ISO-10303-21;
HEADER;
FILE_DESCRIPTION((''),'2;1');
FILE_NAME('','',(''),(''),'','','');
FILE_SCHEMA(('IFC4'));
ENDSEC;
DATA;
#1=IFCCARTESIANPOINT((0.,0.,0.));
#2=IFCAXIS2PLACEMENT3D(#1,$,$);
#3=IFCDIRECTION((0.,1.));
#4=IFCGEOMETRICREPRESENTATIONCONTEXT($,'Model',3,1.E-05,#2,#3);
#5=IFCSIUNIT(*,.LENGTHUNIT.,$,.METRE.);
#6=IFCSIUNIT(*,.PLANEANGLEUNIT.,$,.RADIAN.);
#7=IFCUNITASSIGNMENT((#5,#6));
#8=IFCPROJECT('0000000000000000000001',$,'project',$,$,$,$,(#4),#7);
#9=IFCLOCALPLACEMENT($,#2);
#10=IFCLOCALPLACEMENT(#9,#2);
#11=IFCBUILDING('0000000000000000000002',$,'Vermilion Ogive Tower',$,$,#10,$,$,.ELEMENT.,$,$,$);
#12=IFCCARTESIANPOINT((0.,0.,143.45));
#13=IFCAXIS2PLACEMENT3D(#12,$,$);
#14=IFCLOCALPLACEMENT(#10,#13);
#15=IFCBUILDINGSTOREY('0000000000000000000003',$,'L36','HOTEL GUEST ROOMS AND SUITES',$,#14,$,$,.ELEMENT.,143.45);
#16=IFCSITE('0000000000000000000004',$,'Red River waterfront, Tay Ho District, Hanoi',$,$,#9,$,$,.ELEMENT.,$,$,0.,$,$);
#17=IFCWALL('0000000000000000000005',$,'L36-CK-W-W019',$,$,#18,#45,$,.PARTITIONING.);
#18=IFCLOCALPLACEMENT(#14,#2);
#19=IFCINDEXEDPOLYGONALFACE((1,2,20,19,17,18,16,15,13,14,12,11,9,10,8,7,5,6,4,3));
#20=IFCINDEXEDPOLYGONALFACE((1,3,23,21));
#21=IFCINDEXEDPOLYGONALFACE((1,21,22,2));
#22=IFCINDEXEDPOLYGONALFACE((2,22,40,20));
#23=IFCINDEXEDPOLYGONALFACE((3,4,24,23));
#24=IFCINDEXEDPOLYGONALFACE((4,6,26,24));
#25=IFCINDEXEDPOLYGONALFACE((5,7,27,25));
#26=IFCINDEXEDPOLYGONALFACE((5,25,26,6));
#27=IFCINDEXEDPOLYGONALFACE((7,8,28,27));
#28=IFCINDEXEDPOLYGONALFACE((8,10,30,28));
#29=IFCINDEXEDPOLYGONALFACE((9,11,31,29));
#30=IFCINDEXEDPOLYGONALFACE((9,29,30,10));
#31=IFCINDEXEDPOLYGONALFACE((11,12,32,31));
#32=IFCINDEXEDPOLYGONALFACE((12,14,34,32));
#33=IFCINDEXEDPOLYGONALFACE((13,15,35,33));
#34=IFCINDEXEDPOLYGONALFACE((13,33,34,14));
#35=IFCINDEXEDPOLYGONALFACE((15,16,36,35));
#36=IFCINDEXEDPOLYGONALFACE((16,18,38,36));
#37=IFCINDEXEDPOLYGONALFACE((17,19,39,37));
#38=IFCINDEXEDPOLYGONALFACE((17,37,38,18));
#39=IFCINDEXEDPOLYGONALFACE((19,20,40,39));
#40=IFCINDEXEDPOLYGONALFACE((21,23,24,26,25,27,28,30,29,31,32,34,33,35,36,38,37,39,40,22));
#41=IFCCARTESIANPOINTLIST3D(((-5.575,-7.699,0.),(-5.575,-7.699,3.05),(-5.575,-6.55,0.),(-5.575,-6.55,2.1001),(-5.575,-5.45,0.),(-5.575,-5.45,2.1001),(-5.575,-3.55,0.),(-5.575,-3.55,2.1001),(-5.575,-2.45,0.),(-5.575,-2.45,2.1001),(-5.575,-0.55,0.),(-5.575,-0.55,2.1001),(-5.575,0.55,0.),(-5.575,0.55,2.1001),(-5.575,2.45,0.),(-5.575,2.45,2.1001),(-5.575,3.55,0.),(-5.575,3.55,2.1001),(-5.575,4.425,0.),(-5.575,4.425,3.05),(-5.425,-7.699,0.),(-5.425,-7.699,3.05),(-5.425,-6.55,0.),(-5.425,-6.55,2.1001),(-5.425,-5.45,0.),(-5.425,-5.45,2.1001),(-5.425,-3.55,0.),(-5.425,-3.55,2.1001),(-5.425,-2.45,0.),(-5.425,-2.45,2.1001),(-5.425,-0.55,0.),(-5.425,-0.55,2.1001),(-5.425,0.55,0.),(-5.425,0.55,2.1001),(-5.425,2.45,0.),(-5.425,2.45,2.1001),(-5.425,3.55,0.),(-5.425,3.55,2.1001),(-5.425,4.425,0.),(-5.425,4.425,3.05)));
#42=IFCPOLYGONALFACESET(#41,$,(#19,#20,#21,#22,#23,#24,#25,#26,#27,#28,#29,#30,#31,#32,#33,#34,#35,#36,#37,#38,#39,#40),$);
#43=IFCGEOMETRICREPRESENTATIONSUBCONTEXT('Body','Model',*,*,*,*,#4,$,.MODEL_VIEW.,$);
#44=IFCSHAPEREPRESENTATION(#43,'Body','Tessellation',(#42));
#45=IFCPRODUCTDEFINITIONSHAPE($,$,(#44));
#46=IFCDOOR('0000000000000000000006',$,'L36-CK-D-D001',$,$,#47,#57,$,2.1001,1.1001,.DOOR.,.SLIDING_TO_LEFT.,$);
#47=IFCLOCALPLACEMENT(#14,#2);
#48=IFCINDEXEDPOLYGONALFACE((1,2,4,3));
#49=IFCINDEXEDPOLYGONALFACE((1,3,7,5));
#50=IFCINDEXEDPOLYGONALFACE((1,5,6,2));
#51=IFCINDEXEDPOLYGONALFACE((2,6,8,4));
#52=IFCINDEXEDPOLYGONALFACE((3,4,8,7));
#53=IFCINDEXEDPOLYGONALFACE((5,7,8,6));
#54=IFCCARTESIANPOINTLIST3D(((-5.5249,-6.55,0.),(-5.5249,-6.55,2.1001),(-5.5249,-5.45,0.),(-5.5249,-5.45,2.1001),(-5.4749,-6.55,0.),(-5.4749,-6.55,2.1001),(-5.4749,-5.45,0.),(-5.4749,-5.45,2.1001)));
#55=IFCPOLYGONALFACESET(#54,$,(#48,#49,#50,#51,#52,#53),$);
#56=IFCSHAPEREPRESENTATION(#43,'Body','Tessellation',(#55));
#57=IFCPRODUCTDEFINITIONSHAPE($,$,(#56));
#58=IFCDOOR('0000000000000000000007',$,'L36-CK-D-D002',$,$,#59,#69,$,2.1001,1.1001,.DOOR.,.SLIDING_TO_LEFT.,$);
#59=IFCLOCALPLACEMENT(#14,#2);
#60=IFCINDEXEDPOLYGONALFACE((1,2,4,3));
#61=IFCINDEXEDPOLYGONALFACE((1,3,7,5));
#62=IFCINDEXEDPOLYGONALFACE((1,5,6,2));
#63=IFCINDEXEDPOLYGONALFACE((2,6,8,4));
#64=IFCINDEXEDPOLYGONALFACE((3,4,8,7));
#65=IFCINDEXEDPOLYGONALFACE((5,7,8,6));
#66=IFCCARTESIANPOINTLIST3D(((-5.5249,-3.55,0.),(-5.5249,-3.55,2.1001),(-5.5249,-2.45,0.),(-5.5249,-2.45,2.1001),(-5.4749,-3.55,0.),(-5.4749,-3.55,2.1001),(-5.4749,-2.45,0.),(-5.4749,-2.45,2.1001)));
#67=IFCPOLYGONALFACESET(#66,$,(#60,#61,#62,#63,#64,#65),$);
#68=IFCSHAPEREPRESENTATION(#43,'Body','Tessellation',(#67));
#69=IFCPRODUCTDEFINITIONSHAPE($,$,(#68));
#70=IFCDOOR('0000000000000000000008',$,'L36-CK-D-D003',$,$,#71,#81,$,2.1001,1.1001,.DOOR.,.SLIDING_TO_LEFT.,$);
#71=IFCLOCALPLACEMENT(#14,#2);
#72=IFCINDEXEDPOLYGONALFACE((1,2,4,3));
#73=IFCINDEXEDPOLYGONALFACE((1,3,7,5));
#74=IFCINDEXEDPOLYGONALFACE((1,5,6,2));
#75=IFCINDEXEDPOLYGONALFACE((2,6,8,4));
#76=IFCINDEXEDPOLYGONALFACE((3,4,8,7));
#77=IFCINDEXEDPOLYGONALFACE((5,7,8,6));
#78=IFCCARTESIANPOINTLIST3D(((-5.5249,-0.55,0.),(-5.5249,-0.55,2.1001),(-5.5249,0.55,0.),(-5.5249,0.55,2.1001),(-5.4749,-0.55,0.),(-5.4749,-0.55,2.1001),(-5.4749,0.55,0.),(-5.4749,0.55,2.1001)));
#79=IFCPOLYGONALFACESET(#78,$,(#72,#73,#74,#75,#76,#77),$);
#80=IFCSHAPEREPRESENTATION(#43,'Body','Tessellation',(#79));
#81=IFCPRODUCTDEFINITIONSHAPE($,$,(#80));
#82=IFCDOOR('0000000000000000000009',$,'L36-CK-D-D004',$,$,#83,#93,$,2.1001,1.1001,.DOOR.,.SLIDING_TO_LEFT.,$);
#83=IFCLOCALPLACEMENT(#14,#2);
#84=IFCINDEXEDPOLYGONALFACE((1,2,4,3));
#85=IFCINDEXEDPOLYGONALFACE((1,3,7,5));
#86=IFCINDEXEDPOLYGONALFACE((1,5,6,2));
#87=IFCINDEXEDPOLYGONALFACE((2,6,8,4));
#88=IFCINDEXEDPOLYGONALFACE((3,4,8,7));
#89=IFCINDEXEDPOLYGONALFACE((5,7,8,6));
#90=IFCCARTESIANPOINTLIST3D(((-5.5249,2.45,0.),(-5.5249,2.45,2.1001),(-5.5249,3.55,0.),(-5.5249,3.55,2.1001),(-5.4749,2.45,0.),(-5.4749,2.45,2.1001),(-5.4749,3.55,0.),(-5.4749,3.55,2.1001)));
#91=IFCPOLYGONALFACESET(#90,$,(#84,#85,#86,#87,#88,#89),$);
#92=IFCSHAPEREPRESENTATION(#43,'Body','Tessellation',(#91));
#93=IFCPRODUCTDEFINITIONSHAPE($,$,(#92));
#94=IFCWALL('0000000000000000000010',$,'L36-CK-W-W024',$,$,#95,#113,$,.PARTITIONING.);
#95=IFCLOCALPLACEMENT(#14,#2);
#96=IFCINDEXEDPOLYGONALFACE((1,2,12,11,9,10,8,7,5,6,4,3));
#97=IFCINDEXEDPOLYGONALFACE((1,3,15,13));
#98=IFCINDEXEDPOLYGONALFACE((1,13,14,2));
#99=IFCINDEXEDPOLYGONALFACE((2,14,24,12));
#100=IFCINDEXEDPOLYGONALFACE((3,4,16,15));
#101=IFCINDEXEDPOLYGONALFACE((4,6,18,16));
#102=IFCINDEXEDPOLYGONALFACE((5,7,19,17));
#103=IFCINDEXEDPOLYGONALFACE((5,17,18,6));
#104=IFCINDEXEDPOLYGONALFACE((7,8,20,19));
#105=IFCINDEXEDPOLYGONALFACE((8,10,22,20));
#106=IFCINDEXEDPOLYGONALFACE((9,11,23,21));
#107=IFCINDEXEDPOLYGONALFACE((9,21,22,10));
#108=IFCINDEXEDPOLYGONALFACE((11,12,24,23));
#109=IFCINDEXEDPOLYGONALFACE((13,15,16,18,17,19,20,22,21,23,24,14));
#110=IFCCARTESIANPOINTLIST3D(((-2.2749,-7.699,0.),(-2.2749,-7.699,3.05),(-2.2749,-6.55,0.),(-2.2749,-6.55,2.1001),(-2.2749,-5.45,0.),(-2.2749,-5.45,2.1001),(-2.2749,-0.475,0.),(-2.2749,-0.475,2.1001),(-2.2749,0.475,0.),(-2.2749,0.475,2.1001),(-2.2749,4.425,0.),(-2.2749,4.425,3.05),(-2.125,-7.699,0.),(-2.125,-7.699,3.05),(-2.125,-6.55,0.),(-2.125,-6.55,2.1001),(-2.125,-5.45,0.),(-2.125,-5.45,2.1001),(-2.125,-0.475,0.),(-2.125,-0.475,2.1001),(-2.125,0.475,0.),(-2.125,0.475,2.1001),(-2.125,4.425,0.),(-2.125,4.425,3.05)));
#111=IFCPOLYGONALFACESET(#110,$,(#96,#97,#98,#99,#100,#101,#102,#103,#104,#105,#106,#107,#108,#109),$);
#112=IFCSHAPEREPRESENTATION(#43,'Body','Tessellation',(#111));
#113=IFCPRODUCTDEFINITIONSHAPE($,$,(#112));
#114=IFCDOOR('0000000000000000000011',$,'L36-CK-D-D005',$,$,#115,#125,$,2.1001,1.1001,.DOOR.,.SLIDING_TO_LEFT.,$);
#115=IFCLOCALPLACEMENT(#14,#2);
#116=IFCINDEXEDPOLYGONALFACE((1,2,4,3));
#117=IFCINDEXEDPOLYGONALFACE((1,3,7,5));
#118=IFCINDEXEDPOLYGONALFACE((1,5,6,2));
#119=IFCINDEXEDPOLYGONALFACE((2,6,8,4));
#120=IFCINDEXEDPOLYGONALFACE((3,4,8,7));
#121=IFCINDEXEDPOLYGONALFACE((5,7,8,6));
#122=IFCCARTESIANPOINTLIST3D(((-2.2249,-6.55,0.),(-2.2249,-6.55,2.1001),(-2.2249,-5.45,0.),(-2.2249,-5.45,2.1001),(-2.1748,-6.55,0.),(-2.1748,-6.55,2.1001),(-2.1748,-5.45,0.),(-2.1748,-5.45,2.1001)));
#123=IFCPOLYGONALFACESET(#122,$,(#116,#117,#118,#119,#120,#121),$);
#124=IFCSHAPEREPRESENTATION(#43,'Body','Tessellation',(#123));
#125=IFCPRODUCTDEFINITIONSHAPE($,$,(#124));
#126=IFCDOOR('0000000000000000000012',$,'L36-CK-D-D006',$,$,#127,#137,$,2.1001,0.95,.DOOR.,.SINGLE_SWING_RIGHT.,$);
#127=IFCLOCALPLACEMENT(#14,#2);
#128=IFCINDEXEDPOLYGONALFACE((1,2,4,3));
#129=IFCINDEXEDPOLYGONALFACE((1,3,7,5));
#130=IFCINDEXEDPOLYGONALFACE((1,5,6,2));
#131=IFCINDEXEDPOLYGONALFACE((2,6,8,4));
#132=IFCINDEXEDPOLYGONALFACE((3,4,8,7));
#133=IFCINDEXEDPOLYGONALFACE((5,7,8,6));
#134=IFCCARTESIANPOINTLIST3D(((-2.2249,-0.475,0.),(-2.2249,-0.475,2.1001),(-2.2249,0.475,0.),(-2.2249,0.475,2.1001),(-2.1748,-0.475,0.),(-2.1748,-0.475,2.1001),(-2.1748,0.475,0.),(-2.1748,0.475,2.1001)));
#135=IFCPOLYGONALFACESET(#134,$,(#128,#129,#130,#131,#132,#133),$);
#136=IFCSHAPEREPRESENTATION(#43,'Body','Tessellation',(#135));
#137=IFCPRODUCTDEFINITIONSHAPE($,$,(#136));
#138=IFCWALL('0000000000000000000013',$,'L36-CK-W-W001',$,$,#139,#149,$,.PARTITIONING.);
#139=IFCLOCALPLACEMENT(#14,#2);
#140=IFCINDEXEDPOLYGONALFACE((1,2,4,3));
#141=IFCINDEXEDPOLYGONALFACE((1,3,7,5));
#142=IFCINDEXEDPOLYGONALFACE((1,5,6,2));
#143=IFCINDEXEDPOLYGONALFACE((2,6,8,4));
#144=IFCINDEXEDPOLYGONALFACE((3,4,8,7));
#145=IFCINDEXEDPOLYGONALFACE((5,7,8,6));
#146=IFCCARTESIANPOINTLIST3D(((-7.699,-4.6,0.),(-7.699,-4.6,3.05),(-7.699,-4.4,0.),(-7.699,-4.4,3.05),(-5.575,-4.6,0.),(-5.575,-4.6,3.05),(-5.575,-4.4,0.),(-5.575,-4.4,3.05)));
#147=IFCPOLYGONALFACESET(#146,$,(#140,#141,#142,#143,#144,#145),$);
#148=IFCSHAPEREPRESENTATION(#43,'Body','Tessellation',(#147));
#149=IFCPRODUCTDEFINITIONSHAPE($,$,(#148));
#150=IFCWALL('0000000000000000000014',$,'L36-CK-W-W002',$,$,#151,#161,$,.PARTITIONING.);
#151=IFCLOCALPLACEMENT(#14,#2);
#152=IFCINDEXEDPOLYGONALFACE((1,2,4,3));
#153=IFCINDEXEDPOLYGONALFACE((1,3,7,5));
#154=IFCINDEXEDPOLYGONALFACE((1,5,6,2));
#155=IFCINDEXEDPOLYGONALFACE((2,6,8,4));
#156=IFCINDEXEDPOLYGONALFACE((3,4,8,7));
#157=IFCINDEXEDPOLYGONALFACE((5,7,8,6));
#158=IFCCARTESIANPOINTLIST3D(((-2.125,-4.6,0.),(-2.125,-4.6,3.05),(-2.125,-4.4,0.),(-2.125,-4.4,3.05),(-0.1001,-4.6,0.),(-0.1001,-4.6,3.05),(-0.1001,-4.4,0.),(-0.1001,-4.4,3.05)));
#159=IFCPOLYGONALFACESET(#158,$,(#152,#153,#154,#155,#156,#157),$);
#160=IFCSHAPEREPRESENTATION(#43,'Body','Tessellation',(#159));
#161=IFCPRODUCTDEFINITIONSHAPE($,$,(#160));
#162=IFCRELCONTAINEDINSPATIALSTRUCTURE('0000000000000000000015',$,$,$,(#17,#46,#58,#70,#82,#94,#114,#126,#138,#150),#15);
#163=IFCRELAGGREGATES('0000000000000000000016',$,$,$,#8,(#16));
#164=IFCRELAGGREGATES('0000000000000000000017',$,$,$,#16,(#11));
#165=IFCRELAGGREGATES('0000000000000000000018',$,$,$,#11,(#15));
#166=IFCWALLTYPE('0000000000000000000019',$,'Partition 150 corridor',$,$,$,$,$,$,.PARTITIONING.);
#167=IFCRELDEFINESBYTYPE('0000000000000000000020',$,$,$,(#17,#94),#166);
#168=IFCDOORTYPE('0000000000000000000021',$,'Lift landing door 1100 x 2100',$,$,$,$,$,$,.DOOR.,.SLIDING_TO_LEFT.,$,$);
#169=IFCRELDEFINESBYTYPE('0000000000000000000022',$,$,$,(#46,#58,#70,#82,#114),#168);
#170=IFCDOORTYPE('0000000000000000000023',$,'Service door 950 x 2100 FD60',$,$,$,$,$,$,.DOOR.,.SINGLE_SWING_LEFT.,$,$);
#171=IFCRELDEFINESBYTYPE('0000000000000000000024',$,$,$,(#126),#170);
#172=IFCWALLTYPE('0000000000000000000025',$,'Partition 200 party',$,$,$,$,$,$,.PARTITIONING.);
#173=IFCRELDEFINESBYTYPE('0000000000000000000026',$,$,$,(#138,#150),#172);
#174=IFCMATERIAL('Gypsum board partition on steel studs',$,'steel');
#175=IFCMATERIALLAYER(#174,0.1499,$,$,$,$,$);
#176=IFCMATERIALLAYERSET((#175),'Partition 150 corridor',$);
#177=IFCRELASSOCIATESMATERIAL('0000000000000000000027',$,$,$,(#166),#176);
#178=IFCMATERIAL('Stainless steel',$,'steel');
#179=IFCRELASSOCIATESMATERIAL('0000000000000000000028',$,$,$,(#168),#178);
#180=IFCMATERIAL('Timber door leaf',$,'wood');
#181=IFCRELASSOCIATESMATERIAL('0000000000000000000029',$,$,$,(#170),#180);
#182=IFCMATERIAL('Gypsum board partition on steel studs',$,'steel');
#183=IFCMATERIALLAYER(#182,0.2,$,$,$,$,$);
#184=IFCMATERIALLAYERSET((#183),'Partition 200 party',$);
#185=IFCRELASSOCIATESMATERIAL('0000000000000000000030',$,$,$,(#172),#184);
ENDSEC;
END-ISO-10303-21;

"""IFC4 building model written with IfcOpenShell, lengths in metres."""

from ifc_helpers import new_model, si_unit, direction, frame, frame_2d, origin, place, context, subcontext, project, spatial, rectangle, extrude, material, layer, layer_set, type_object, element, fill, save


model = new_model("IFC4")

# Units and contexts
model_context = context("Model", 3, precision=1e-05, world=origin(), true_north=direction((0.0, 1.0)))
body_context = subcontext(model_context, "Body", "Model", "MODEL_VIEW")
ifc_project = project(units=[si_unit("LENGTHUNIT", "METRE"), si_unit("PLANEANGLEUNIT", "RADIAN")], contexts=[model_context])

# Site, building, storey
site_placement = place(None, origin())
site = spatial("IfcSite", under=ifc_project, at=site_placement, Name="Red River waterfront, Tay Ho District, Hanoi", CompositionType="ELEMENT", RefElevation=0.0)
building_placement = place(site_placement, origin())
building = spatial("IfcBuilding", under=site, at=building_placement, Name="Vermilion Ogive Tower", CompositionType="ELEMENT")
storey_placement = place(building_placement, frame((0.0, 0.0, 143.45)))
storey = spatial("IfcBuildingStorey", under=building, at=storey_placement, Name="L36", Description="HOTEL GUEST ROOMS AND SUITES", CompositionType="ELEMENT", Elevation=143.45)

# Walls, openings, doors
ifc_material_1 = material(Name="Gypsum board partition on steel studs", Category="steel")
ifc_layer_1 = layer(ifc_material_1, 0.1499)
ifc_layer_set_1 = layer_set([ifc_layer_1], Name="Partition 150 corridor")
wall_type_1 = type_object("IfcWallType", Name="Partition 150 corridor", PredefinedType="PARTITIONING", material=ifc_layer_set_1)
wall_1_placement = place(storey_placement, frame((-5.5, -7.699, 0.0), z_axis=(0.0, 0.0, 1.0), x_axis=(0.0, 1.0, 0.0)))
wall_1 = element("IfcWall", 1, at=wall_1_placement, inside=storey, type_object=wall_type_1, Name="L36-CK-W-W019", PredefinedType="PARTITIONING", context=body_context, shape_type="SweptSolid", body=[
    extrude(rectangle(XDim=12.124, YDim=0.1499, at=frame_2d((6.062, 0.0))), origin(), (0.0, 0.0, 1.0), 3.05),
])
opening_1_placement = place(wall_1_placement, frame((1.1489, 0.0, 0.0)))
opening_1 = element("IfcOpeningElement", 2, at=opening_1_placement, cuts=wall_1, PredefinedType="OPENING", context=body_context, shape_type="SweptSolid", body=[
    extrude(rectangle(XDim=1.1001, YDim=2.1001, at=frame_2d((0.55, 1.05))), frame((0.0, 0.085, 0.0), z_axis=(0.0, -1.0, 0.0), x_axis=(1.0, 0.0, 0.0)), (0.0, 0.0, 1.0), 0.1699),
])
opening_2_placement = place(wall_1_placement, frame((4.1489, 0.0, 0.0)))
opening_2 = element("IfcOpeningElement", 3, at=opening_2_placement, cuts=wall_1, PredefinedType="OPENING", context=body_context, shape_type="SweptSolid", body=[
    extrude(rectangle(XDim=1.1001, YDim=2.1001, at=frame_2d((0.55, 1.05))), frame((0.0, 0.085, 0.0), z_axis=(0.0, -1.0, 0.0), x_axis=(1.0, 0.0, 0.0)), (0.0, 0.0, 1.0), 0.1699),
])
opening_3_placement = place(wall_1_placement, frame((7.1489, 0.0, 0.0)))
opening_3 = element("IfcOpeningElement", 4, at=opening_3_placement, cuts=wall_1, PredefinedType="OPENING", context=body_context, shape_type="SweptSolid", body=[
    extrude(rectangle(XDim=1.1001, YDim=2.1001, at=frame_2d((0.55, 1.05))), frame((0.0, 0.085, 0.0), z_axis=(0.0, -1.0, 0.0), x_axis=(1.0, 0.0, 0.0)), (0.0, 0.0, 1.0), 0.1699),
])
opening_4_placement = place(wall_1_placement, frame((10.1489, 0.0, 0.0)))
opening_4 = element("IfcOpeningElement", 5, at=opening_4_placement, cuts=wall_1, PredefinedType="OPENING", context=body_context, shape_type="SweptSolid", body=[
    extrude(rectangle(XDim=1.1001, YDim=2.1001, at=frame_2d((0.55, 1.05))), frame((0.0, 0.085, 0.0), z_axis=(0.0, -1.0, 0.0), x_axis=(1.0, 0.0, 0.0)), (0.0, 0.0, 1.0), 0.1699),
])
ifc_material_2 = material(Name="Stainless steel", Category="steel")
door_type_1 = type_object("IfcDoorType", Name="Lift landing door 1100 x 2100", OperationType="SLIDING_TO_LEFT", PredefinedType="DOOR", material=ifc_material_2)
door_1_placement = place(opening_1_placement, origin())
door_1 = element("IfcDoor", 6, at=door_1_placement, inside=storey, type_object=door_type_1, Name="L36-CK-D-D001", OperationType="SLIDING_TO_LEFT", OverallHeight=2.1001, OverallWidth=1.1001, PredefinedType="DOOR", context=body_context, shape_type="SweptSolid", body=[
    extrude(rectangle(XDim=1.1001, YDim=2.1001, at=frame_2d((0.55, 1.05))), frame((0.0, 0.0249, 0.0), z_axis=(0.0, -1.0, 0.0), x_axis=(1.0, 0.0, 0.0)), (0.0, 0.0, 1.0), 0.05),
])
fill(opening_1, door_1)
door_2_placement = place(opening_2_placement, origin())
door_2 = element("IfcDoor", 7, at=door_2_placement, inside=storey, type_object=door_type_1, Name="L36-CK-D-D002", OperationType="SLIDING_TO_LEFT", OverallHeight=2.1001, OverallWidth=1.1001, PredefinedType="DOOR", context=body_context, shape_type="SweptSolid", body=[
    extrude(rectangle(XDim=1.1001, YDim=2.1001, at=frame_2d((0.55, 1.05))), frame((0.0, 0.0249, 0.0), z_axis=(0.0, -1.0, 0.0), x_axis=(1.0, 0.0, 0.0)), (0.0, 0.0, 1.0), 0.05),
])
fill(opening_2, door_2)
door_3_placement = place(opening_3_placement, origin())
door_3 = element("IfcDoor", 8, at=door_3_placement, inside=storey, type_object=door_type_1, Name="L36-CK-D-D003", OperationType="SLIDING_TO_LEFT", OverallHeight=2.1001, OverallWidth=1.1001, PredefinedType="DOOR", context=body_context, shape_type="SweptSolid", body=[
    extrude(rectangle(XDim=1.1001, YDim=2.1001, at=frame_2d((0.55, 1.05))), frame((0.0, 0.0249, 0.0), z_axis=(0.0, -1.0, 0.0), x_axis=(1.0, 0.0, 0.0)), (0.0, 0.0, 1.0), 0.05),
])
fill(opening_3, door_3)
door_4_placement = place(opening_4_placement, origin())
door_4 = element("IfcDoor", 9, at=door_4_placement, inside=storey, type_object=door_type_1, Name="L36-CK-D-D004", OperationType="SLIDING_TO_LEFT", OverallHeight=2.1001, OverallWidth=1.1001, PredefinedType="DOOR", context=body_context, shape_type="SweptSolid", body=[
    extrude(rectangle(XDim=1.1001, YDim=2.1001, at=frame_2d((0.55, 1.05))), frame((0.0, 0.0249, 0.0), z_axis=(0.0, -1.0, 0.0), x_axis=(1.0, 0.0, 0.0)), (0.0, 0.0, 1.0), 0.05),
])
fill(opening_4, door_4)
wall_2_placement = place(storey_placement, frame((-2.2, -7.699, 0.0), z_axis=(0.0, 0.0, 1.0), x_axis=(0.0, 1.0, 0.0)))
wall_2 = element("IfcWall", 10, at=wall_2_placement, inside=storey, type_object=wall_type_1, Name="L36-CK-W-W024", PredefinedType="PARTITIONING", context=body_context, shape_type="SweptSolid", body=[
    extrude(rectangle(XDim=12.124, YDim=0.1499, at=frame_2d((6.062, 0.0))), origin(), (0.0, 0.0, 1.0), 3.05),
])
opening_5_placement = place(wall_2_placement, frame((1.1489, 0.0, 0.0)))
opening_5 = element("IfcOpeningElement", 11, at=opening_5_placement, cuts=wall_2, PredefinedType="OPENING", context=body_context, shape_type="SweptSolid", body=[
    extrude(rectangle(XDim=1.1001, YDim=2.1001, at=frame_2d((0.55, 1.05))), frame((0.0, 0.085, 0.0), z_axis=(0.0, -1.0, 0.0), x_axis=(1.0, 0.0, 0.0)), (0.0, 0.0, 1.0), 0.1699),
])
opening_6_placement = place(wall_2_placement, frame((7.2239, 0.0, 0.0)))
opening_6 = element("IfcOpeningElement", 12, at=opening_6_placement, cuts=wall_2, PredefinedType="OPENING", context=body_context, shape_type="SweptSolid", body=[
    extrude(rectangle(XDim=0.95, YDim=2.1001, at=frame_2d((0.4751, 1.05))), frame((0.0, 0.085, 0.0), z_axis=(0.0, -1.0, 0.0), x_axis=(1.0, 0.0, 0.0)), (0.0, 0.0, 1.0), 0.1699),
])
door_5_placement = place(opening_5_placement, origin())
door_5 = element("IfcDoor", 13, at=door_5_placement, inside=storey, type_object=door_type_1, Name="L36-CK-D-D005", OperationType="SLIDING_TO_LEFT", OverallHeight=2.1001, OverallWidth=1.1001, PredefinedType="DOOR", context=body_context, shape_type="SweptSolid", body=[
    extrude(rectangle(XDim=1.1001, YDim=2.1001, at=frame_2d((0.55, 1.05))), frame((0.0, 0.0249, 0.0), z_axis=(0.0, -1.0, 0.0), x_axis=(1.0, 0.0, 0.0)), (0.0, 0.0, 1.0), 0.05),
])
fill(opening_5, door_5)
ifc_material_3 = material(Name="Timber door leaf", Category="wood")
door_type_2 = type_object("IfcDoorType", Name="Service door 950 x 2100 FD60", OperationType="SINGLE_SWING_LEFT", PredefinedType="DOOR", material=ifc_material_3)
door_6_placement = place(opening_6_placement, origin())
door_6 = element("IfcDoor", 14, at=door_6_placement, inside=storey, type_object=door_type_2, Name="L36-CK-D-D006", OperationType="SINGLE_SWING_RIGHT", OverallHeight=2.1001, OverallWidth=0.95, PredefinedType="DOOR", context=body_context, shape_type="SweptSolid", body=[
    extrude(rectangle(XDim=0.95, YDim=2.1001, at=frame_2d((0.4751, 1.05))), frame((0.0, 0.0249, 0.0), z_axis=(0.0, -1.0, 0.0), x_axis=(1.0, 0.0, 0.0)), (0.0, 0.0, 1.0), 0.05),
])
fill(opening_6, door_6)

# Walls
ifc_material_4 = material(Name="Gypsum board partition on steel studs", Category="steel")
ifc_layer_2 = layer(ifc_material_4, 0.2)
ifc_layer_set_2 = layer_set([ifc_layer_2], Name="Partition 200 party")
wall_type_2 = type_object("IfcWallType", Name="Partition 200 party", PredefinedType="PARTITIONING", material=ifc_layer_set_2)
wall_3_placement = place(storey_placement, frame((-7.699, -4.5, 0.0), z_axis=(0.0, 0.0, 1.0), x_axis=(1.0, 0.0, 0.0)))
element("IfcWall", 15, at=wall_3_placement, inside=storey, type_object=wall_type_2, Name="L36-CK-W-W001", PredefinedType="PARTITIONING", context=body_context, shape_type="SweptSolid", body=[
    extrude(rectangle(XDim=2.124, YDim=0.2, at=frame_2d((1.062, 0.0))), origin(), (0.0, 0.0, 1.0), 3.05),
])
wall_4_placement = place(storey_placement, frame((-2.125, -4.5, 0.0), z_axis=(0.0, 0.0, 1.0), x_axis=(1.0, 0.0, 0.0)))
element("IfcWall", 16, at=wall_4_placement, inside=storey, type_object=wall_type_2, Name="L36-CK-W-W002", PredefinedType="PARTITIONING", context=body_context, shape_type="SweptSolid", body=[
    extrude(rectangle(XDim=2.0249, YDim=0.2, at=frame_2d((1.0125, 0.0))), origin(), (0.0, 0.0, 1.0), 3.05),
])

save(model, "model.ifc")
